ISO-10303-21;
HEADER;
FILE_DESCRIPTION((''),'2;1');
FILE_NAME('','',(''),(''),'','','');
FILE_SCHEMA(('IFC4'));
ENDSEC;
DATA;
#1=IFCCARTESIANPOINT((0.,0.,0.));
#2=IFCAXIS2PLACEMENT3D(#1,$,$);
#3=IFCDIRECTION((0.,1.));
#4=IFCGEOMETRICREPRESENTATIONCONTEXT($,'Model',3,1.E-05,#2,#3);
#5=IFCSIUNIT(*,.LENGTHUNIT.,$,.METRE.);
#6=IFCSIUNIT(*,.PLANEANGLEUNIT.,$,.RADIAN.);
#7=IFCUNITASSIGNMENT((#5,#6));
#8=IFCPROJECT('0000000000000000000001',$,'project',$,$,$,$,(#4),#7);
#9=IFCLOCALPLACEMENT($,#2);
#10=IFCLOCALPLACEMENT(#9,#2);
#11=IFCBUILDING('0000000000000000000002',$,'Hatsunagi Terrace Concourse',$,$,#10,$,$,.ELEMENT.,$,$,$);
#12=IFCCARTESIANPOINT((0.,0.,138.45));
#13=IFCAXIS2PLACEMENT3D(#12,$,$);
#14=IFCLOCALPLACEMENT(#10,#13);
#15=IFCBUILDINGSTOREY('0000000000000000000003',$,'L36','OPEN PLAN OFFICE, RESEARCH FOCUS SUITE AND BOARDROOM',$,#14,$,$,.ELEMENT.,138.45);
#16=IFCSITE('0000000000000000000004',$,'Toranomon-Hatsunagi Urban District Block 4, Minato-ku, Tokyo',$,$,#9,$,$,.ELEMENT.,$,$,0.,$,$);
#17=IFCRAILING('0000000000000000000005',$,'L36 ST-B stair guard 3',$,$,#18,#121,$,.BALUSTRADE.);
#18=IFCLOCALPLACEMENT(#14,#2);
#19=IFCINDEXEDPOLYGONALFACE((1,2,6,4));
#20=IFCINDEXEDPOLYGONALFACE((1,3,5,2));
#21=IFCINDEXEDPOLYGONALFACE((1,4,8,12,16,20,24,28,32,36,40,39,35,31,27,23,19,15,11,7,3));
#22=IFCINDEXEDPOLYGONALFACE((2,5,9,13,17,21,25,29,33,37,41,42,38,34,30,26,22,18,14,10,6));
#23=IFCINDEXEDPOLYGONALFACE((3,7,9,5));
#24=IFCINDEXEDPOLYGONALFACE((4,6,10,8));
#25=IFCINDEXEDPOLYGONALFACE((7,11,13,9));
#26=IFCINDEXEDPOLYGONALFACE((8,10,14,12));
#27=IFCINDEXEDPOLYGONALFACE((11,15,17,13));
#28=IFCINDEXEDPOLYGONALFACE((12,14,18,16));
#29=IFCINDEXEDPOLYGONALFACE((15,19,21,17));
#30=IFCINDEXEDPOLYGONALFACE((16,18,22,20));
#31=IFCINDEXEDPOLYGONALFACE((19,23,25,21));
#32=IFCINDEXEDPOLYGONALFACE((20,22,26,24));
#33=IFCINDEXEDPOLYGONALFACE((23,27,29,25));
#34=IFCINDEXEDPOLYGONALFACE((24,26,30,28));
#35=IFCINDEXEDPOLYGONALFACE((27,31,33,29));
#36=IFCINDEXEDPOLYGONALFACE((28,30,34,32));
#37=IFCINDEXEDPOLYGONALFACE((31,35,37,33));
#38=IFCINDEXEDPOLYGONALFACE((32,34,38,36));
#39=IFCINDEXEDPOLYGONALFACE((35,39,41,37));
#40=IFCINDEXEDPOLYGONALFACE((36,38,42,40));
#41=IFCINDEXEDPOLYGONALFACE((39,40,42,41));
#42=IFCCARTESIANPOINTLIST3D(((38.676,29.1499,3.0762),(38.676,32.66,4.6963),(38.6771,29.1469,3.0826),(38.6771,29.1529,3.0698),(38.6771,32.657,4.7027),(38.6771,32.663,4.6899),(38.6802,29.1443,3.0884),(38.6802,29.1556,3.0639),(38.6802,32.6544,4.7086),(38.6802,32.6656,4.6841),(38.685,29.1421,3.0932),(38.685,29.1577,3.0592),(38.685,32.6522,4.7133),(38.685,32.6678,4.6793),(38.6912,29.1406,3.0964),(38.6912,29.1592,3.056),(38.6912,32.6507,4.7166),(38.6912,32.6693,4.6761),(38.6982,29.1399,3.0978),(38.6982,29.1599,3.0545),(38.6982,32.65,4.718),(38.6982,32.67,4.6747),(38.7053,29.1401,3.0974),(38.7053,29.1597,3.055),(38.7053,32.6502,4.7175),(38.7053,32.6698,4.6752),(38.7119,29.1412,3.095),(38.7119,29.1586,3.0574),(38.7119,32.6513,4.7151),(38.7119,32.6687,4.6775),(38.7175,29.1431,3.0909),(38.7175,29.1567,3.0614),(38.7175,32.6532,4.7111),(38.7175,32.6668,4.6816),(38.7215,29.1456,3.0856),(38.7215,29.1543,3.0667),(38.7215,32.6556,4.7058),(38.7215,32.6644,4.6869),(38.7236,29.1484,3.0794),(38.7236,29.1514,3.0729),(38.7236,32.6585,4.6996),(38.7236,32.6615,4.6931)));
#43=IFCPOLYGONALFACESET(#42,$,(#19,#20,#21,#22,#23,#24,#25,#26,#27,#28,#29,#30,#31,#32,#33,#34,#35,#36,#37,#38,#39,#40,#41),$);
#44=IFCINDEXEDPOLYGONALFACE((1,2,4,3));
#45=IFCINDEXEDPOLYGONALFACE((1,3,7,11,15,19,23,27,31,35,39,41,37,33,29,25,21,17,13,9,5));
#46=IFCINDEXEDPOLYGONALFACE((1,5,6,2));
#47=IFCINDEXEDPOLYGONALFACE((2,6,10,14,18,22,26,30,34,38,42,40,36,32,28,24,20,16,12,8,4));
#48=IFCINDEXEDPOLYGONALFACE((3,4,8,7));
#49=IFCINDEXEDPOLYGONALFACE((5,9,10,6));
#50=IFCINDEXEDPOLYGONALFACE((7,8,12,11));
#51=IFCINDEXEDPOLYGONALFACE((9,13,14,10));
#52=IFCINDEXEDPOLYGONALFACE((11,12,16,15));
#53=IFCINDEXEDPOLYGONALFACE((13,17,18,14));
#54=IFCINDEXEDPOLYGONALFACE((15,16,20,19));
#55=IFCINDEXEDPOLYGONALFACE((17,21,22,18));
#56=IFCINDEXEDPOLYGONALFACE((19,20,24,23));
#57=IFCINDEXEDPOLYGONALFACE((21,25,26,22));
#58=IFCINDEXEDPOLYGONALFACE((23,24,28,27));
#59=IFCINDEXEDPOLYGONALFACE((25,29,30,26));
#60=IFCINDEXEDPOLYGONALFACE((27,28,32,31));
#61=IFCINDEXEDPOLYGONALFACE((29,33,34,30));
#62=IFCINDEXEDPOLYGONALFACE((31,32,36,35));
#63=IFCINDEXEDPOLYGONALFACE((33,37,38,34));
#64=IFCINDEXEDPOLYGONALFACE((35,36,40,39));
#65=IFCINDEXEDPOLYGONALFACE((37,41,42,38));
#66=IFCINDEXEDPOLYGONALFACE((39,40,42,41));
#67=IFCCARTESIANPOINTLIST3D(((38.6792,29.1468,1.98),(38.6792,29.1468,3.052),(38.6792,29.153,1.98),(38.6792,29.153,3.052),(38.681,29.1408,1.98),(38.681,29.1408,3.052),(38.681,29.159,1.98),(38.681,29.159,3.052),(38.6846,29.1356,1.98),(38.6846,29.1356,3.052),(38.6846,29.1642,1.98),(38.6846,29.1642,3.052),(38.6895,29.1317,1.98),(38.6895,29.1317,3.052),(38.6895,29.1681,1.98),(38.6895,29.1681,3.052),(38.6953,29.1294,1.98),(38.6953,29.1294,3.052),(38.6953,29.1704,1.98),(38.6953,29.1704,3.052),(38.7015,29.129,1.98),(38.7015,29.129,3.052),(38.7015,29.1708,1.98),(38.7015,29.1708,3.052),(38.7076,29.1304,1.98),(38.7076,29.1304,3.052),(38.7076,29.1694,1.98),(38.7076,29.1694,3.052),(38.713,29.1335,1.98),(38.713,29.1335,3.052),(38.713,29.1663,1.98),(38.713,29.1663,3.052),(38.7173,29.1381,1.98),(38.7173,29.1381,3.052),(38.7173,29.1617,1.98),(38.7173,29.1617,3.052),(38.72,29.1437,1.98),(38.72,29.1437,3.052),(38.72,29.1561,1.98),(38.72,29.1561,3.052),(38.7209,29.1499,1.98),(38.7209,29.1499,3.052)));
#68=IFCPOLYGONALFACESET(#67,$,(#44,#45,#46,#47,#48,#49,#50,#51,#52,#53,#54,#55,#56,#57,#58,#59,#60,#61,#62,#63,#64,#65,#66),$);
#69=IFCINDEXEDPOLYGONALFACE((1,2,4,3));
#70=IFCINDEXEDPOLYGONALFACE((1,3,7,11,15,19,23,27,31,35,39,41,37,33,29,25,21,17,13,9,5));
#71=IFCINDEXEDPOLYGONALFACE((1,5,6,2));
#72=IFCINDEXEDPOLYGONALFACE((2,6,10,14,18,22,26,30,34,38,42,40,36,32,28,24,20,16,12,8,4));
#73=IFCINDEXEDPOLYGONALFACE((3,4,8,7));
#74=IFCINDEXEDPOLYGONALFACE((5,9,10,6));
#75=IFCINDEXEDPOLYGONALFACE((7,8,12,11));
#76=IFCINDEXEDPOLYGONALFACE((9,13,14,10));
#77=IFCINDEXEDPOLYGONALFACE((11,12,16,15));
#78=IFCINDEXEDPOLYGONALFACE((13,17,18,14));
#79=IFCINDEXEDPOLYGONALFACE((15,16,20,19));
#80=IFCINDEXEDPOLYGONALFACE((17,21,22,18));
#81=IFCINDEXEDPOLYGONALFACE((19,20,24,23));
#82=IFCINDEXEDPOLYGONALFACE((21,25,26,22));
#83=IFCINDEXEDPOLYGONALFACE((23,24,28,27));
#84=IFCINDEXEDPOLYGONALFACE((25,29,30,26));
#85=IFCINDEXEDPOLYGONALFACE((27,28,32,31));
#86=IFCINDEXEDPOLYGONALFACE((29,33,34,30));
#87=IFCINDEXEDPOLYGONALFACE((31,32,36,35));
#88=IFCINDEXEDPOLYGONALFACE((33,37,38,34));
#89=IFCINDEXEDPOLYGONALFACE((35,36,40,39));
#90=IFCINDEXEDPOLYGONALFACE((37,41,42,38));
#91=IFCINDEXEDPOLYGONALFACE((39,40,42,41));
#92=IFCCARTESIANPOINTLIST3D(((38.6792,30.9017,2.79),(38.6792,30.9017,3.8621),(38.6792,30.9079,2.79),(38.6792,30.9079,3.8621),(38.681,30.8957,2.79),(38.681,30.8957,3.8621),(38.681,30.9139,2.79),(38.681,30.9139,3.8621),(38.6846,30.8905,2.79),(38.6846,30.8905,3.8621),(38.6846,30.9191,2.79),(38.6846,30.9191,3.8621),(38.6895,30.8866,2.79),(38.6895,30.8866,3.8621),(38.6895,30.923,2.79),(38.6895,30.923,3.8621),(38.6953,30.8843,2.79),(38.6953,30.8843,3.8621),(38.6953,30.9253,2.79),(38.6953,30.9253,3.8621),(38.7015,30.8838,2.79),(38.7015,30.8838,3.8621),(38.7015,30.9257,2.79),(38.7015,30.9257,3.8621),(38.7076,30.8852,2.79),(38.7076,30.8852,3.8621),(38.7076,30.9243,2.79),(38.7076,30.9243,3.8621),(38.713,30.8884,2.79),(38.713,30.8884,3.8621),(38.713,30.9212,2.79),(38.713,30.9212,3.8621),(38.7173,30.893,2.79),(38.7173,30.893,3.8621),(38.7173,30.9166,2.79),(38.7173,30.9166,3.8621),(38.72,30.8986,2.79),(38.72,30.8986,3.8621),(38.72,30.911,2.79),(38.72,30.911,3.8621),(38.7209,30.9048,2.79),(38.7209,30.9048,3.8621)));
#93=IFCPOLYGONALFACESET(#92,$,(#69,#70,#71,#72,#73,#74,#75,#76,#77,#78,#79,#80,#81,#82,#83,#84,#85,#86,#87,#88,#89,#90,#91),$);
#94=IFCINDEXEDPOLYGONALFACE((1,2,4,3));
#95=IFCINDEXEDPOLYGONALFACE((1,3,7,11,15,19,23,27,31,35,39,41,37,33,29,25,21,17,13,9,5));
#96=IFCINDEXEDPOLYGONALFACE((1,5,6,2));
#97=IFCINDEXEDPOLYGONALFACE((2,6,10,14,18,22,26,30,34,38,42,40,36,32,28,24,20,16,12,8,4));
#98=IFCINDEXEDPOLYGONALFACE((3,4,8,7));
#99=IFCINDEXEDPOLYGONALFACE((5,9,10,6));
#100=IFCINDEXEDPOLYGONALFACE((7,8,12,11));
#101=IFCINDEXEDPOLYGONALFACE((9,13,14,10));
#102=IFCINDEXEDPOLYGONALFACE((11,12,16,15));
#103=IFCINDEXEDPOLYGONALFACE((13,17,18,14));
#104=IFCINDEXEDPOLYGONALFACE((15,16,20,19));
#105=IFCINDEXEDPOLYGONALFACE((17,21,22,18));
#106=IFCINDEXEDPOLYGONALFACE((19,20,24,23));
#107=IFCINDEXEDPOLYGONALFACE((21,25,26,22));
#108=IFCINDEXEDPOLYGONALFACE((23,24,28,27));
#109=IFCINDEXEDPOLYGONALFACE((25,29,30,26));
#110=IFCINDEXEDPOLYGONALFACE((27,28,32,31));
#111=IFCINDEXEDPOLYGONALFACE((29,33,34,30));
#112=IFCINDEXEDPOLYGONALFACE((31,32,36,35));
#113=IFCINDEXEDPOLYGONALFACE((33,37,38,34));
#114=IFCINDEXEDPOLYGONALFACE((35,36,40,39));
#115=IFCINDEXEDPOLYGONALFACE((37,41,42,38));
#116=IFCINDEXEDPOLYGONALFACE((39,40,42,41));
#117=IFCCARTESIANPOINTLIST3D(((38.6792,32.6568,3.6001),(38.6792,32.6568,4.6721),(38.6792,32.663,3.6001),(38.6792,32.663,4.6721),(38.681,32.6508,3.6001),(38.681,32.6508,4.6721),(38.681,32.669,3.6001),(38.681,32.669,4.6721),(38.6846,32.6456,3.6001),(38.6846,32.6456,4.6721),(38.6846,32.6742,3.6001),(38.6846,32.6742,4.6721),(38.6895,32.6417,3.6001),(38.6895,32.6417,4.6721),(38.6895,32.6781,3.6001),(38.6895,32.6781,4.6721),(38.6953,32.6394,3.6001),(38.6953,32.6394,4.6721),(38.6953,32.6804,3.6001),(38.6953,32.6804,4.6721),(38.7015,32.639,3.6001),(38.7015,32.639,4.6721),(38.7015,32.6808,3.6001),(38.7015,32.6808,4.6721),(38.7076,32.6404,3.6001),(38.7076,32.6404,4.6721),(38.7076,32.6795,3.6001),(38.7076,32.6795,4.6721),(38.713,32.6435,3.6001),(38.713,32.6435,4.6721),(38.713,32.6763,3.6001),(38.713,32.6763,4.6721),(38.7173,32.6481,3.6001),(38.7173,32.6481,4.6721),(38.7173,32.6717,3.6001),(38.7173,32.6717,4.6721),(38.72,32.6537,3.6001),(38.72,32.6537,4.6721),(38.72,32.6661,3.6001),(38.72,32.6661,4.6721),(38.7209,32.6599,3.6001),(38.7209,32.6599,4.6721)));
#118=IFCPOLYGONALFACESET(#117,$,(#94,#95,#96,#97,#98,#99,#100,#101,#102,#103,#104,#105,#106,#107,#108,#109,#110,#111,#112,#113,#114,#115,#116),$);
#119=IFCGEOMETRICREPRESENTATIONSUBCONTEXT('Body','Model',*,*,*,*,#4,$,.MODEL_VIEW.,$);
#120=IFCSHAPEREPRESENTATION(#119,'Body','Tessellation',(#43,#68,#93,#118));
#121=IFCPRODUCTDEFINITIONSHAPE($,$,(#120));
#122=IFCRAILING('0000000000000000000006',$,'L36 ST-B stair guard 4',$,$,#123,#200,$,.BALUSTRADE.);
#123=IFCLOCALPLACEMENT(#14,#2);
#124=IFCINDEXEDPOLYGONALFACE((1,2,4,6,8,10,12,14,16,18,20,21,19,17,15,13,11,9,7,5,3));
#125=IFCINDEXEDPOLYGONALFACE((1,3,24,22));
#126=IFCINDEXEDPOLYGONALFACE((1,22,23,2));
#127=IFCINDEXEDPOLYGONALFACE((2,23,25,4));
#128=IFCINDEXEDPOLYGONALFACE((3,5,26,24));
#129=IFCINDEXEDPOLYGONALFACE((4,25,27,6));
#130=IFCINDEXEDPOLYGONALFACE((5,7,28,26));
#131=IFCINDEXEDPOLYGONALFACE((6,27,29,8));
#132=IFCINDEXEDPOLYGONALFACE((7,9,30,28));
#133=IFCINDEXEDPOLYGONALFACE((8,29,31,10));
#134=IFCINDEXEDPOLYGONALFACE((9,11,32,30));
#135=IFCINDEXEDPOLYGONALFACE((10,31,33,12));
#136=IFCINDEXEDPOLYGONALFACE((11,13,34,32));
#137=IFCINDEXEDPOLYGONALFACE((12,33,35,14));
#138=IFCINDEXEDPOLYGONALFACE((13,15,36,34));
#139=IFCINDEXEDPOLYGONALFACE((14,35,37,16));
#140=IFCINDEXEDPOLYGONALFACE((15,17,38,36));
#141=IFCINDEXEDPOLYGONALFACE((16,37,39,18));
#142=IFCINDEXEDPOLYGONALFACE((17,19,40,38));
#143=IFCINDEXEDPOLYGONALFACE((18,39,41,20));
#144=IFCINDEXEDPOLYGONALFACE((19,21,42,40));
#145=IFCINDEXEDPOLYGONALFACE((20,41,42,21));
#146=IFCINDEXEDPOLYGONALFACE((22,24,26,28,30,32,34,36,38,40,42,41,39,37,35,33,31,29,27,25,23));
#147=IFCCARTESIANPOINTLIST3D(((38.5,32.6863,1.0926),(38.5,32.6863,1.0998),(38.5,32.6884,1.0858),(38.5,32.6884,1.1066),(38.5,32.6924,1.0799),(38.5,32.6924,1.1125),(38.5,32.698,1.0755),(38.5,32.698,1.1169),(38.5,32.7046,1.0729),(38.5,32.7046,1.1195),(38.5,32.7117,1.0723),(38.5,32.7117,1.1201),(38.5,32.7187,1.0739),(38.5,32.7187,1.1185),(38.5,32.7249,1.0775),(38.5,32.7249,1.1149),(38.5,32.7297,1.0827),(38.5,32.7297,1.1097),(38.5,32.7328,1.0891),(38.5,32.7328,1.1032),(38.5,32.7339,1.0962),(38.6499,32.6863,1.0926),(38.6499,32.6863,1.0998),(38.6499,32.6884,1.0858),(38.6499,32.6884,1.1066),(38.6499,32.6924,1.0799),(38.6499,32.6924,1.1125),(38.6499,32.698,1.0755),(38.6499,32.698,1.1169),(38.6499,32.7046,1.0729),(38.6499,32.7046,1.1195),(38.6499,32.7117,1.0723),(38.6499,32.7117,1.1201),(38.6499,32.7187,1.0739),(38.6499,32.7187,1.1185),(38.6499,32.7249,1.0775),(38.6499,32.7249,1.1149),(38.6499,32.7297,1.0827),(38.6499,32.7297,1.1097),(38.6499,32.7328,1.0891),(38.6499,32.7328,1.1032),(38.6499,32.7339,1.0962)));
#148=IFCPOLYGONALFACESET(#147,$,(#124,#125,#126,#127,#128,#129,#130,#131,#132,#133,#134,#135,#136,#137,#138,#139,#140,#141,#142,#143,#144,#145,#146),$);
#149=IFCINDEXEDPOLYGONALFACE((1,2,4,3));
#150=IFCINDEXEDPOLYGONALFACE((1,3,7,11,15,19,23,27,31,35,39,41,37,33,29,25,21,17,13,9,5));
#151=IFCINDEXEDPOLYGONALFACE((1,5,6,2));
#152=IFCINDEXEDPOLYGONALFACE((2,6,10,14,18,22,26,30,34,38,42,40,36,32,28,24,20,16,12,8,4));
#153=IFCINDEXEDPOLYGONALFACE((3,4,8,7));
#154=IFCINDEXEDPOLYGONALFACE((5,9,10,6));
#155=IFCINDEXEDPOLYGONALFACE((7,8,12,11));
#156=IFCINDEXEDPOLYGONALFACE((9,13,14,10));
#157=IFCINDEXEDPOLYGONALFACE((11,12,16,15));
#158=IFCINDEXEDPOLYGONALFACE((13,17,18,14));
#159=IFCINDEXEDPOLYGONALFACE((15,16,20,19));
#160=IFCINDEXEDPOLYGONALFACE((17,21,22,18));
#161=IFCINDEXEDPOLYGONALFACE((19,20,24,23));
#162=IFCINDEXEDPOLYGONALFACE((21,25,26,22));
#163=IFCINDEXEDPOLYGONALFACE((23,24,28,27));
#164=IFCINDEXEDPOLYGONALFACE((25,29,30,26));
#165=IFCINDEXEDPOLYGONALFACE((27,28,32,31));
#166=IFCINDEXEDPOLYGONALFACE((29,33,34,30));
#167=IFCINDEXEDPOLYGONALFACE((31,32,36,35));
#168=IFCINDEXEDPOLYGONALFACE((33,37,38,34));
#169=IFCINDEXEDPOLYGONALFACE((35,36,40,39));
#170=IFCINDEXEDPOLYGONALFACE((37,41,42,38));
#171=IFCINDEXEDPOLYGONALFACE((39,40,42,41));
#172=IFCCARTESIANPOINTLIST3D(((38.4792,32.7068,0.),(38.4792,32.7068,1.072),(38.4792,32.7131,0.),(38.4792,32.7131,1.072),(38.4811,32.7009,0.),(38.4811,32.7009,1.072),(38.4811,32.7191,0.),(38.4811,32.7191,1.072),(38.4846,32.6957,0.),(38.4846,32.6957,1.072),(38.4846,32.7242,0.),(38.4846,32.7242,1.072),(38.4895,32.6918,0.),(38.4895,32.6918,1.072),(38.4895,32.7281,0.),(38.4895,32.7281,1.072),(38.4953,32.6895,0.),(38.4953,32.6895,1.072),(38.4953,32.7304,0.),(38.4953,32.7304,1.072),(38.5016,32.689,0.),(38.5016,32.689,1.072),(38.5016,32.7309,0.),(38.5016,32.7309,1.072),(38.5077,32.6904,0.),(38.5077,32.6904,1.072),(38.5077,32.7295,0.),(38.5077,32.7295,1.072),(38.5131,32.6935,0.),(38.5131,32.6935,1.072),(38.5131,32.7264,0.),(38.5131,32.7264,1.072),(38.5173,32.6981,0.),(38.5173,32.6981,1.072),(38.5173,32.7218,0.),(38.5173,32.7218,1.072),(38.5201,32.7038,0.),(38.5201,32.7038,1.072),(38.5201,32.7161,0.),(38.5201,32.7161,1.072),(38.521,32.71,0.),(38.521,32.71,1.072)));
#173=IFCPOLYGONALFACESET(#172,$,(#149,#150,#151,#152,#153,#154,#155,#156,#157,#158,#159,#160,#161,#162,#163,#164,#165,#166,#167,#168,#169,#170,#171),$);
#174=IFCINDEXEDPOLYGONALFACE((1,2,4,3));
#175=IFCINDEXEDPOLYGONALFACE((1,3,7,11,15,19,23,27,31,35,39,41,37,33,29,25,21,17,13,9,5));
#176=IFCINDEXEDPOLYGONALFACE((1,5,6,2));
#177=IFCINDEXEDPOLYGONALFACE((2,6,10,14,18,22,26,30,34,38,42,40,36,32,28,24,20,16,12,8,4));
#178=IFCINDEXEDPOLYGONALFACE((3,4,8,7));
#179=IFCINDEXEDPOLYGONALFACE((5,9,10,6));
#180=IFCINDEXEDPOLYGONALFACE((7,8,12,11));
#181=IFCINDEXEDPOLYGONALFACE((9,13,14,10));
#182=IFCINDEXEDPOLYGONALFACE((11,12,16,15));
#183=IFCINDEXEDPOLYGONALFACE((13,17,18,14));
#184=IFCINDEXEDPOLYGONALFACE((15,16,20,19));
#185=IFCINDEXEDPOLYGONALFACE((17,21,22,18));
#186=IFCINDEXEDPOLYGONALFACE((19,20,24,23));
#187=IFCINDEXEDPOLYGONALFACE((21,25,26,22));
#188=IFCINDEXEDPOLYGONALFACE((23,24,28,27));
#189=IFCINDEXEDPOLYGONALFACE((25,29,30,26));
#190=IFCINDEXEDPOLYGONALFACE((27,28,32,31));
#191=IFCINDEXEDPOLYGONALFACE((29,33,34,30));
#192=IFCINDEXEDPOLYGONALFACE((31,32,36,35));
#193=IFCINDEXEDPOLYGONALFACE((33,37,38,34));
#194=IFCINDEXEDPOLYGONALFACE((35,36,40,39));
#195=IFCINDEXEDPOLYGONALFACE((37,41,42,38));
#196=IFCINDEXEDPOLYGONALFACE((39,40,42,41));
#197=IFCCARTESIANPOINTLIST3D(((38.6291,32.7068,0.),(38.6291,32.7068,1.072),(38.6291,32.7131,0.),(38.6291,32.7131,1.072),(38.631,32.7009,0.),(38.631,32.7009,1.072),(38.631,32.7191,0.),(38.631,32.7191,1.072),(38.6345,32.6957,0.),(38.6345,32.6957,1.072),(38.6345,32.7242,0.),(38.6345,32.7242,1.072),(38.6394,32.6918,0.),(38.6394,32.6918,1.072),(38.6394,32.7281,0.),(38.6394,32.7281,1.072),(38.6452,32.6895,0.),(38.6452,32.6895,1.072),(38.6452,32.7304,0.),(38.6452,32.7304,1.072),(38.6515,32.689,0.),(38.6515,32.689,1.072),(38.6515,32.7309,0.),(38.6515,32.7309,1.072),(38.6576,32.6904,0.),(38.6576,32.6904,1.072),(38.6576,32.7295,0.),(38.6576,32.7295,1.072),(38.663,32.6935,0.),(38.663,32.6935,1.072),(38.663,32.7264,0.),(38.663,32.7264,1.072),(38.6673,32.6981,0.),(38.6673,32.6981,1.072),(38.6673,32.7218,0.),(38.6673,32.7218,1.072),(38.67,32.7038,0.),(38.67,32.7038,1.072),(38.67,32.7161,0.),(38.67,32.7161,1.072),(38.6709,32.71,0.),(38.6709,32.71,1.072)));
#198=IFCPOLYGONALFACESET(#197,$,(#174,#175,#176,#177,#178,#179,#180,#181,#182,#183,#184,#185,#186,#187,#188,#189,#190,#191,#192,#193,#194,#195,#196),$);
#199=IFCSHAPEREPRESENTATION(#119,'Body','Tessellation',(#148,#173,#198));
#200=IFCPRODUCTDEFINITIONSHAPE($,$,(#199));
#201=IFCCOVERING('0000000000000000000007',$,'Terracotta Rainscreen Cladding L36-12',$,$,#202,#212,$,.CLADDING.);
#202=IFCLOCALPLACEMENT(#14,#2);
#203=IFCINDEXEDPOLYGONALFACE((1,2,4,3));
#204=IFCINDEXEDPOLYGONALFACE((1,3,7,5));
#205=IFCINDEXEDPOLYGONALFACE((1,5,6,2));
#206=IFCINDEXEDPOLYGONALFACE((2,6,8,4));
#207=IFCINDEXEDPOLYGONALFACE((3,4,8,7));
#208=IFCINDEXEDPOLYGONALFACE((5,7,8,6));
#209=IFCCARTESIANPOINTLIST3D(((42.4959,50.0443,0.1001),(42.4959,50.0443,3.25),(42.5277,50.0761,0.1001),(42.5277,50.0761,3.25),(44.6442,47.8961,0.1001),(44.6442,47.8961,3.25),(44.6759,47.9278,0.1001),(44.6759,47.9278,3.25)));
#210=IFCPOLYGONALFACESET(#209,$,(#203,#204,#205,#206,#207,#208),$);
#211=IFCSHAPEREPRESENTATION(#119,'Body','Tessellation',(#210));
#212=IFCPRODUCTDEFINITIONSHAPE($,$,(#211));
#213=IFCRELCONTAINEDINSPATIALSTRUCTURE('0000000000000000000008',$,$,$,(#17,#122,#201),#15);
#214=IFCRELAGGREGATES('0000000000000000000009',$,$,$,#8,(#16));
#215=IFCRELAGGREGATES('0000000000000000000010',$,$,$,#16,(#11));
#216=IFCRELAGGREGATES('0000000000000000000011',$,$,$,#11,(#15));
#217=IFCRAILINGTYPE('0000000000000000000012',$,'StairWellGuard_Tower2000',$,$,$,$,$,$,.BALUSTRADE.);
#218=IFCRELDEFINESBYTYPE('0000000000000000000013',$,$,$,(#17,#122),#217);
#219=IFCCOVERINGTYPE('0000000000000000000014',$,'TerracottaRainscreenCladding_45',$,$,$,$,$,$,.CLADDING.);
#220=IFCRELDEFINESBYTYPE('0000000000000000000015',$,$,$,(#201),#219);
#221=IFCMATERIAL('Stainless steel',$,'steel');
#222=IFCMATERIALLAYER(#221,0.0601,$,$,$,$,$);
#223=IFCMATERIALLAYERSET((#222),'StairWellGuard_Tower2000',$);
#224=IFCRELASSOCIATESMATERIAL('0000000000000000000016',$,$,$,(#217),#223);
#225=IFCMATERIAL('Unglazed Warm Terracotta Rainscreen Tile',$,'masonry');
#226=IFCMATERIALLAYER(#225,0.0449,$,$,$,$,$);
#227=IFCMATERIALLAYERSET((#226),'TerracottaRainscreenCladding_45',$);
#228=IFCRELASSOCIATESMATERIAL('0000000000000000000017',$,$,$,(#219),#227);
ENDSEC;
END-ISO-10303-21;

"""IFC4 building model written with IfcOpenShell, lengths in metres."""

from ifc_helpers import new_model, si_unit, direction, frame, origin, origin_2d, place, context, subcontext, project, spatial, rectangle, circle, extrude, material, layer, layer_set, type_object, element, save


model = new_model("IFC4")

# Units and contexts
model_context = context("Model", 3, precision=1e-05, world=origin(), true_north=direction((0.0, 1.0)))
body_context = subcontext(model_context, "Body", "Model", "MODEL_VIEW")
ifc_project = project(units=[si_unit("LENGTHUNIT", "METRE"), si_unit("PLANEANGLEUNIT", "RADIAN")], contexts=[model_context])

# Site, building, storey
site_placement = place(None, origin())
site = spatial("IfcSite", under=ifc_project, at=site_placement, Name="Toranomon-Hatsunagi Urban District Block 4, Minato-ku, Tokyo", CompositionType="ELEMENT", RefElevation=0.0)
building_placement = place(site_placement, origin())
building = spatial("IfcBuilding", under=site, at=building_placement, Name="Hatsunagi Terrace Concourse", CompositionType="ELEMENT")
storey_placement = place(building_placement, frame((0.0, 0.0, 138.45)))
storey = spatial("IfcBuildingStorey", under=building, at=storey_placement, Name="L36", Description="OPEN PLAN OFFICE, RESEARCH FOCUS SUITE AND BOARDROOM", CompositionType="ELEMENT", Elevation=138.45)

# Railings
ifc_material_1 = material(Name="Stainless steel", Category="steel")
ifc_layer_1 = layer(ifc_material_1, 0.0601)
ifc_layer_set_1 = layer_set([ifc_layer_1], Name="StairWellGuard_Tower2000")
railing_type_1 = type_object("IfcRailingType", Name="StairWellGuard_Tower2000", PredefinedType="BALUSTRADE", material=ifc_layer_set_1)
railing_1_placement = place(storey_placement, frame((38.7, 29.1499, 1.98)))
element("IfcRailing", 1, at=railing_1_placement, inside=storey, type_object=railing_type_1, Name="L36 ST-B stair guard 3", PredefinedType="BALUSTRADE", context=body_context, shape_type="SweptSolid", body=[
    extrude(circle(Radius=0.0239, at=origin_2d()), frame((0.0, 0.0, 1.0962), z_axis=(0.0, 0.907948, 0.419082), x_axis=(-1.0, 0.0, 0.0)), (0.0, 0.0, 1.0), 3.866),
    extrude(circle(Radius=0.021, at=origin_2d()), origin(), (0.0, 0.0, 1.0), 1.072),
    extrude(circle(Radius=0.021, at=origin_2d()), frame((0.0, 1.7549, 0.8101)), (0.0, 0.0, 1.0), 1.072),
    extrude(circle(Radius=0.021, at=origin_2d()), frame((0.0, 3.51, 1.6201)), (0.0, 0.0, 1.0), 1.072),
])
railing_2_placement = place(storey_placement, frame((38.5, 32.71, 0.0)))
element("IfcRailing", 2, at=railing_2_placement, inside=storey, type_object=railing_type_1, Name="L36 ST-B stair guard 4", PredefinedType="BALUSTRADE", context=body_context, shape_type="SweptSolid", body=[
    extrude(circle(Radius=0.0239, at=origin_2d()), frame((0.0, 0.0, 1.0962), z_axis=(1.0, 0.0, 0.0), x_axis=(0.0, 1.0, 0.0)), (0.0, 0.0, 1.0), 0.1499),
    extrude(circle(Radius=0.021, at=origin_2d()), origin(), (0.0, 0.0, 1.0), 1.072),
    extrude(circle(Radius=0.021, at=origin_2d()), frame((0.1499, 0.0, 0.0)), (0.0, 0.0, 1.0), 1.072),
])

# Covering
ifc_material_2 = material(Name="Unglazed Warm Terracotta Rainscreen Tile", Category="masonry")
ifc_layer_2 = layer(ifc_material_2, 0.0449)
ifc_layer_set_2 = layer_set([ifc_layer_2], Name="TerracottaRainscreenCladding_45")
covering_type = type_object("IfcCoveringType", Name="TerracottaRainscreenCladding_45", PredefinedType="CLADDING", material=ifc_layer_set_2)
covering_placement = place(storey_placement, frame((43.5859, 48.9861, 0.1001), z_axis=(0.0, 0.0, 1.0), x_axis=(0.707107, -0.707107, 0.0)))
element("IfcCovering", 3, at=covering_placement, inside=storey, type_object=covering_type, Name="Terracotta Rainscreen Cladding L36-12", PredefinedType="CLADDING", context=body_context, shape_type="SweptSolid", body=[
    extrude(rectangle(XDim=3.0381, YDim=0.0449, at=origin_2d()), origin(), (0.0, 0.0, 1.0), 3.1499),
])

save(model, "model.ifc")
